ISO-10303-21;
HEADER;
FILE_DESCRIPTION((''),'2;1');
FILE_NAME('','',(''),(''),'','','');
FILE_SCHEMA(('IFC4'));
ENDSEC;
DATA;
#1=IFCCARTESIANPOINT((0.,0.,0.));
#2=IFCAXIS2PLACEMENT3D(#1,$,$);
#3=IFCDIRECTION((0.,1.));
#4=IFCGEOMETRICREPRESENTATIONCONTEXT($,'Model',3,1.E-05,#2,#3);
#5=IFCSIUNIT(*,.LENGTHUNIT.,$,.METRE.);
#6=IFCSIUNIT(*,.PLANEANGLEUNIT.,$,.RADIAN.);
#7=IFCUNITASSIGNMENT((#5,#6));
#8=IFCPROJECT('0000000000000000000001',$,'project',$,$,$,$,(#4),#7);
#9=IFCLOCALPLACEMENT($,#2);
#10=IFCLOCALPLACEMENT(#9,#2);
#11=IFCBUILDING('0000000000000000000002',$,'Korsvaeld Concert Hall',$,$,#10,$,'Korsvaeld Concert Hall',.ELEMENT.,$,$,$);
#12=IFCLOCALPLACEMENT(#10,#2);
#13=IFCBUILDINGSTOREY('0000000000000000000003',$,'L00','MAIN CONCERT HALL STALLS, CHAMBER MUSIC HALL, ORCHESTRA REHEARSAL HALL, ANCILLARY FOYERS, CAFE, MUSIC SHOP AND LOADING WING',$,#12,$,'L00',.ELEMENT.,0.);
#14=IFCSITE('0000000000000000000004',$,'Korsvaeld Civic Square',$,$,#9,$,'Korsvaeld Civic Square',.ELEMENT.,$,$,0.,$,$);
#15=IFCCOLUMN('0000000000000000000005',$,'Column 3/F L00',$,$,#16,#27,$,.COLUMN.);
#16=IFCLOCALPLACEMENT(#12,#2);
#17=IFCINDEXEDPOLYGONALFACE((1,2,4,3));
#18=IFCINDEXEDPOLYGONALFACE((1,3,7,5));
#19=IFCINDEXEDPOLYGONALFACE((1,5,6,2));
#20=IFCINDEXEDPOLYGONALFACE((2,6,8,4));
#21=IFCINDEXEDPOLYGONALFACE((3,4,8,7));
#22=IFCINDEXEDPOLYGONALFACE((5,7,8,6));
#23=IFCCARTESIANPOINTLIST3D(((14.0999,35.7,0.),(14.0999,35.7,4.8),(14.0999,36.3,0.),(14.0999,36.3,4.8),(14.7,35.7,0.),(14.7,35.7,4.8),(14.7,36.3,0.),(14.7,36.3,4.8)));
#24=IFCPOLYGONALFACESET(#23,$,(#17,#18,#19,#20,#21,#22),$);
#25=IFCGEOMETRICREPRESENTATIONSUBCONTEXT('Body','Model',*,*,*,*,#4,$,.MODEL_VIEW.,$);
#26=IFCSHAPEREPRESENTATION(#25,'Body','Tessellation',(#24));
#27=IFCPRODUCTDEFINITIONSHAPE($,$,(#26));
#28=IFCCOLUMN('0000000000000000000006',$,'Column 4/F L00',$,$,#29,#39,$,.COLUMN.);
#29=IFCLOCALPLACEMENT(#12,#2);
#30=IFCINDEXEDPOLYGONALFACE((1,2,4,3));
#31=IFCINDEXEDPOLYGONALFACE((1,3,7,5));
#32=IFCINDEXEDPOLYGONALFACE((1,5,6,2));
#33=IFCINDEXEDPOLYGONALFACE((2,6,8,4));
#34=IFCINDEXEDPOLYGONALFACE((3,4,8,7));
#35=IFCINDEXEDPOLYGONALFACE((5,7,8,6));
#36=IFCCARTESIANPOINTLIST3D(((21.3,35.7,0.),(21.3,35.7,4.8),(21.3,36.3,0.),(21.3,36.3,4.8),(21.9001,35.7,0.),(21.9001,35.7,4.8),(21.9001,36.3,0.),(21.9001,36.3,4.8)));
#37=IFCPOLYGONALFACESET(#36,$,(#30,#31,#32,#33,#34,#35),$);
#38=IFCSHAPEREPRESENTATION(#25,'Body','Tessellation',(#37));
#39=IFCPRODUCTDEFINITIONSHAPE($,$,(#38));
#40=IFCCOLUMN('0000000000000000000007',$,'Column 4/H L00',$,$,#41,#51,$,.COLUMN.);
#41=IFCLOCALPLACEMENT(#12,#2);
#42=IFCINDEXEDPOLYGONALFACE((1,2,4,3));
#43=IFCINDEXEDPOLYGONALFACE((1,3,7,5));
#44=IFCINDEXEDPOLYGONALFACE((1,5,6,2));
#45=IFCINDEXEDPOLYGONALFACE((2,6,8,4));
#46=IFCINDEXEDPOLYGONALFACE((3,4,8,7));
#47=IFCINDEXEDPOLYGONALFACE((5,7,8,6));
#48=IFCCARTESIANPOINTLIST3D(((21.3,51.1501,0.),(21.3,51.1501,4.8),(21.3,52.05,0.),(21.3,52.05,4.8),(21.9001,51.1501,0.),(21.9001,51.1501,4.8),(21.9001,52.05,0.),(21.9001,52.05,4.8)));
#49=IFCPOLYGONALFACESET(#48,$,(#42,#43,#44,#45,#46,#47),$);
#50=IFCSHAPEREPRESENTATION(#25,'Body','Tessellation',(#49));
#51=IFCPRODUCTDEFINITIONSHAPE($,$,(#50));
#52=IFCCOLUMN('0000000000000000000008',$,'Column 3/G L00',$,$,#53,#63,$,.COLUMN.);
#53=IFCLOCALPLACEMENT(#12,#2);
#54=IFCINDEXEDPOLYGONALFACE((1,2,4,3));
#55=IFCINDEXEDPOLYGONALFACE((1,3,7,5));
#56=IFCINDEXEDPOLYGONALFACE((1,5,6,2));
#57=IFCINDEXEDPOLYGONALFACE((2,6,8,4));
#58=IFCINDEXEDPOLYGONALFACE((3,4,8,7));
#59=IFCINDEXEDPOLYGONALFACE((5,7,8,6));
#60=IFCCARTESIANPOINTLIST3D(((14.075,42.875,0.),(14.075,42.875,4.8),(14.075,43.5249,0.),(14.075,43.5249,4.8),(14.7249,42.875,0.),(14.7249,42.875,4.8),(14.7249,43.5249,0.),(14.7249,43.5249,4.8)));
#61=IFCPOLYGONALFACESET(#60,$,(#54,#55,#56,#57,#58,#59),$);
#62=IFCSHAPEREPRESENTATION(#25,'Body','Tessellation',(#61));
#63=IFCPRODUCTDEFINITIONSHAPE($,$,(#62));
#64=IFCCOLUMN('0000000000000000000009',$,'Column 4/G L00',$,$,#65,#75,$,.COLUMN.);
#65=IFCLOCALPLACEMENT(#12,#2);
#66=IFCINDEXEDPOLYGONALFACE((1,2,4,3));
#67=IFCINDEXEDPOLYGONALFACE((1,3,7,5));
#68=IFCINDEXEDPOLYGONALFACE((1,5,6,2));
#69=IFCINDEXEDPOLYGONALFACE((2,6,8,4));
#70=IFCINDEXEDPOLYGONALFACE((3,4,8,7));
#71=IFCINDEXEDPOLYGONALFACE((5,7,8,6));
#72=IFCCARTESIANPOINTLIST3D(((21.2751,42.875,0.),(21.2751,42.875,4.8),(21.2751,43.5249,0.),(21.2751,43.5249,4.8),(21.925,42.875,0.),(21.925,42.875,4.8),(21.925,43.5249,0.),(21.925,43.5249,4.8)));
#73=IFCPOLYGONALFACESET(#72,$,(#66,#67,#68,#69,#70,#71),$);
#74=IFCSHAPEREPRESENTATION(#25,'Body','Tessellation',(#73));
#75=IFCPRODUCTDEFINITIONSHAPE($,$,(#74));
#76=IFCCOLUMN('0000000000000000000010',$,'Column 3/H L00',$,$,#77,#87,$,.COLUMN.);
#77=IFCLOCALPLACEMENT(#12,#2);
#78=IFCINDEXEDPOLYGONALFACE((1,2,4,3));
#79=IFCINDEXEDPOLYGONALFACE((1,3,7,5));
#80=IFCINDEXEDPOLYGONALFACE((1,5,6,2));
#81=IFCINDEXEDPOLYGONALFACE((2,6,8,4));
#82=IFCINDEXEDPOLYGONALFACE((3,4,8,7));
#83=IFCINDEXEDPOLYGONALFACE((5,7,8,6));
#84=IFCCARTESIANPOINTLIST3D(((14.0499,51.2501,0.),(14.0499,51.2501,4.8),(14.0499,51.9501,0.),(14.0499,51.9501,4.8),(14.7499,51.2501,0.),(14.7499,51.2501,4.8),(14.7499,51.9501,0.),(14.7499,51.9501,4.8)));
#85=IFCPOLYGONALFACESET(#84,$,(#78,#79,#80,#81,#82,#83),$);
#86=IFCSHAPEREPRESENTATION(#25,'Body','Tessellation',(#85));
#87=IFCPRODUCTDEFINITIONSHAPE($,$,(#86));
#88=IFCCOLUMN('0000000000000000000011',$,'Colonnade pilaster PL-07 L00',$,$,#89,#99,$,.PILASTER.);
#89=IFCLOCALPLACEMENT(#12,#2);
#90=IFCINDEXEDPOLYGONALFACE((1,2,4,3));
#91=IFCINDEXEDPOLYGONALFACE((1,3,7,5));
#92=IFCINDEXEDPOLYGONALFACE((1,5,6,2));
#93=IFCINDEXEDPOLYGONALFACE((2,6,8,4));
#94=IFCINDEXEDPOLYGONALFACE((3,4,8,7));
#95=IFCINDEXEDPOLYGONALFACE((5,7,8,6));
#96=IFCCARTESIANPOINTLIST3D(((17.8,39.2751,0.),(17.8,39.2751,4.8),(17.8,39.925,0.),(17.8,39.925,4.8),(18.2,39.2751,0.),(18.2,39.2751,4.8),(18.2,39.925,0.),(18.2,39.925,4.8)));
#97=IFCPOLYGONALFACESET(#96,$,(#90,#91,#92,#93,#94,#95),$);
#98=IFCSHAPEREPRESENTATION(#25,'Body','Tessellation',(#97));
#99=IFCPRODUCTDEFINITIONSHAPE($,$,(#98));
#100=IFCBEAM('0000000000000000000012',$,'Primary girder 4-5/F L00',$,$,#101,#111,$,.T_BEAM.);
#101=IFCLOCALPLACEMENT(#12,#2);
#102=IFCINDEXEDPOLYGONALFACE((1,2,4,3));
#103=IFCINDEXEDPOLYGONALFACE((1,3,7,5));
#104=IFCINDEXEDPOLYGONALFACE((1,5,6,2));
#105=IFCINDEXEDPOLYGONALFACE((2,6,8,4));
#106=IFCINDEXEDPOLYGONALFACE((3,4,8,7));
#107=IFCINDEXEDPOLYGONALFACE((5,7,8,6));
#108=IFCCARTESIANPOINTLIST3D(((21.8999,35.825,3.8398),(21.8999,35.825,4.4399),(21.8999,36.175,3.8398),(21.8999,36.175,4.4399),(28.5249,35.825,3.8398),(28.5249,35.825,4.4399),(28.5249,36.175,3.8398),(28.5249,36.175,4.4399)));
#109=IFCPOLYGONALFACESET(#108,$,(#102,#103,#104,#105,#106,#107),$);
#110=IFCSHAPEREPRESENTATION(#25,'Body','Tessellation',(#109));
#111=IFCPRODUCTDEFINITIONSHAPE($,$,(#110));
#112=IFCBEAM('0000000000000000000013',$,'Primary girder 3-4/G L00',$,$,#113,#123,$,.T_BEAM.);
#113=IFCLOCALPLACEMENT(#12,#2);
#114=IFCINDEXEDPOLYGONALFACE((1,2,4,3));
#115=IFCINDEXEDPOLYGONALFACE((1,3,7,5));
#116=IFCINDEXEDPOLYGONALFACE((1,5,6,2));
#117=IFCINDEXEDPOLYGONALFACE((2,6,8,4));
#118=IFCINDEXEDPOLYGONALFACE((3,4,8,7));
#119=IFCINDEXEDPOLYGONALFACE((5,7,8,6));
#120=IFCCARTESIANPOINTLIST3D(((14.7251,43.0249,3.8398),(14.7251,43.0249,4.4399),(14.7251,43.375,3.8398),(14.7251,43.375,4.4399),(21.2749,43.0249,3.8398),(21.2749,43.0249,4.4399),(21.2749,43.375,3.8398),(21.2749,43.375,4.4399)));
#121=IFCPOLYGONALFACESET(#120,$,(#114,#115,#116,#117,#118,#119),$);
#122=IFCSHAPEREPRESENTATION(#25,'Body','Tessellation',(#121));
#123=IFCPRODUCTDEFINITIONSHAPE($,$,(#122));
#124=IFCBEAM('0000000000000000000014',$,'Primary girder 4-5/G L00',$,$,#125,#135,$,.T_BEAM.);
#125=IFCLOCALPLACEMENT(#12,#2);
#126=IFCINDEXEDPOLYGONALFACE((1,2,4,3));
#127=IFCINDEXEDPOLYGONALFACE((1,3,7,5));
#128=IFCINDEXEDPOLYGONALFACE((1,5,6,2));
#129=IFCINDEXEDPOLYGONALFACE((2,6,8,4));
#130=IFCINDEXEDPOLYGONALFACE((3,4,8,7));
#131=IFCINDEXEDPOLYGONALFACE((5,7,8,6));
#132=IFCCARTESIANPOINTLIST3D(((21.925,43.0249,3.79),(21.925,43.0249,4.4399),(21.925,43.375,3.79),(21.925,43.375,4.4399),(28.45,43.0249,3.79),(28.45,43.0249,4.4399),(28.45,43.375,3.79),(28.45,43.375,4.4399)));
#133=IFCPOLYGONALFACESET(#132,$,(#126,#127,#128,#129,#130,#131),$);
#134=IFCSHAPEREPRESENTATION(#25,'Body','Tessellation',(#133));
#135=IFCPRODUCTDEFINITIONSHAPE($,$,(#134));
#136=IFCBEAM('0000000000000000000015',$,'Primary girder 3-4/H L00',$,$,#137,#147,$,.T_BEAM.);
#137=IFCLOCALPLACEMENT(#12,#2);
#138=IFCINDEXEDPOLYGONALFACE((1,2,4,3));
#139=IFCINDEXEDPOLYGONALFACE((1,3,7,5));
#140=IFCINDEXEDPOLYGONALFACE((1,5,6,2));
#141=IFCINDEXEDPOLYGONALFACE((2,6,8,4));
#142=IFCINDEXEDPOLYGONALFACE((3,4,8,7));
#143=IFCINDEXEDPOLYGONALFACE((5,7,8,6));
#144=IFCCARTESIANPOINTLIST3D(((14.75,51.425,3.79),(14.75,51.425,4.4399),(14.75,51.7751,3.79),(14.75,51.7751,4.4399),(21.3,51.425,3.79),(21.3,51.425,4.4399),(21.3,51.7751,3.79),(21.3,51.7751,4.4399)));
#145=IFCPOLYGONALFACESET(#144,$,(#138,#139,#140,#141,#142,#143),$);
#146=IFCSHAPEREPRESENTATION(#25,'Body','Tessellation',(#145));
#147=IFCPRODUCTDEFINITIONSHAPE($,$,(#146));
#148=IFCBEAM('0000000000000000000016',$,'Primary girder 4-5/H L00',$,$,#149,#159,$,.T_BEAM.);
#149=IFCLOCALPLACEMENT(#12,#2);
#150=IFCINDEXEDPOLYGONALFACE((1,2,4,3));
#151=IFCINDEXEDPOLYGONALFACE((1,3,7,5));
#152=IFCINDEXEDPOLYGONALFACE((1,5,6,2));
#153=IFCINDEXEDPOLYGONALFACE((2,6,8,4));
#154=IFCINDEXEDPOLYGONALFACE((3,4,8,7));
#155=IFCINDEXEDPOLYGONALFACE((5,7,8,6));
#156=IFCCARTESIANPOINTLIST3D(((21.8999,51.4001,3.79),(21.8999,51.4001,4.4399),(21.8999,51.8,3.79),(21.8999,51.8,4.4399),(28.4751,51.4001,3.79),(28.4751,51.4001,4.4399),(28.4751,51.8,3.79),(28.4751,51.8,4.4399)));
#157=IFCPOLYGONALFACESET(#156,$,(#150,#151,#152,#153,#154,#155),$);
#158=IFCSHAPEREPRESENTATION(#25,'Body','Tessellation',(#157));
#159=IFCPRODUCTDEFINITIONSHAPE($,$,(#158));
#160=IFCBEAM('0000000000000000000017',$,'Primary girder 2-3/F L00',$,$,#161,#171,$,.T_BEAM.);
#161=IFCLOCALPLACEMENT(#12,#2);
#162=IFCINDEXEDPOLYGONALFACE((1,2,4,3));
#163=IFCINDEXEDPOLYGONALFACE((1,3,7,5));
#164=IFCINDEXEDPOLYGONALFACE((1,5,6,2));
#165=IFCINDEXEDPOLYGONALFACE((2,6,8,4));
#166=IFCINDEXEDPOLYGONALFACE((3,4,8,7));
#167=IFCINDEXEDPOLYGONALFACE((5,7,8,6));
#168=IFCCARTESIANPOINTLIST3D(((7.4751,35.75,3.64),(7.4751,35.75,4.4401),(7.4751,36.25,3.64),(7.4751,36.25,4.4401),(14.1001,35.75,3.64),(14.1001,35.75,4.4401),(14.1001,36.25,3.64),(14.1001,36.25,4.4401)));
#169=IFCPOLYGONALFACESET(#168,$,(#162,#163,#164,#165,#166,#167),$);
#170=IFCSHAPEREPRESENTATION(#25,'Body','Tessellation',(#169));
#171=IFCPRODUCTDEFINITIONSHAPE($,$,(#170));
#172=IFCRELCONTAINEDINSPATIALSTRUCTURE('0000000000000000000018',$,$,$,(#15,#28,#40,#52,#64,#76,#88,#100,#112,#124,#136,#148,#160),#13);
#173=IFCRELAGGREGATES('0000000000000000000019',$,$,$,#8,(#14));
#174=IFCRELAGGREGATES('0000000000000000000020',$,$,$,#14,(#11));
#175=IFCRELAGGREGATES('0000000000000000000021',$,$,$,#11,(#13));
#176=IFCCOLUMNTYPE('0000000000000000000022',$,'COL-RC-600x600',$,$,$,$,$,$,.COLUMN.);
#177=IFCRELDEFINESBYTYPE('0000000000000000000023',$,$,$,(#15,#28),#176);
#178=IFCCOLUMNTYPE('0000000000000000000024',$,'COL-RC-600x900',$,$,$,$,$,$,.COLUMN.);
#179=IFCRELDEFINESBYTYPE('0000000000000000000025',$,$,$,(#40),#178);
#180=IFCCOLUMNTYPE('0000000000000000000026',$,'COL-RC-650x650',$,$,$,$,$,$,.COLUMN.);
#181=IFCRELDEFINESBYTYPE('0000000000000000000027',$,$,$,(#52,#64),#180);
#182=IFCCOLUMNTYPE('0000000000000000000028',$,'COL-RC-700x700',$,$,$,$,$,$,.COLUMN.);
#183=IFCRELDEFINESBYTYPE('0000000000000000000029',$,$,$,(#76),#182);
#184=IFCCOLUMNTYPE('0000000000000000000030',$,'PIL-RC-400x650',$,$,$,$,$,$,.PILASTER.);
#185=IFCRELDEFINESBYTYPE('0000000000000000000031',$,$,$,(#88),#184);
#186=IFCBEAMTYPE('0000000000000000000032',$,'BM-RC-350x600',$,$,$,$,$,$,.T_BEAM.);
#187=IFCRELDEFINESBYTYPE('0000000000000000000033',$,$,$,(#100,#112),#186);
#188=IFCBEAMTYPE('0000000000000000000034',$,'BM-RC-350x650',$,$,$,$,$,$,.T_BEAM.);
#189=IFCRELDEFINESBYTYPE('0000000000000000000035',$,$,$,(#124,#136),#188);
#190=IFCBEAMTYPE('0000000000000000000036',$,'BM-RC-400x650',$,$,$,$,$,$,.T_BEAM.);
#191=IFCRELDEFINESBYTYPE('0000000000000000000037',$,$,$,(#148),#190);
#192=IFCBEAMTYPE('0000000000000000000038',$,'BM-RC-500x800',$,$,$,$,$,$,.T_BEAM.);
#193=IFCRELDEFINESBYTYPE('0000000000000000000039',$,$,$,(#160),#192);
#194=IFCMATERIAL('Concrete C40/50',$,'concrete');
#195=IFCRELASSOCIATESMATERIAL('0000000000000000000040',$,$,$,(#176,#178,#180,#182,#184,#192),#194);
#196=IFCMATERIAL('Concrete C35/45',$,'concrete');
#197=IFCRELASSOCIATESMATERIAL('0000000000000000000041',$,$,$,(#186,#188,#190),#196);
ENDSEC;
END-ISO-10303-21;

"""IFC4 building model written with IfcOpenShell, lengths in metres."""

from ifc_helpers import new_model, si_unit, direction, frame, origin, origin_2d, place, context, subcontext, project, spatial, rectangle, extrude, material, material_profile, profile_set, type_object, element, save


model = new_model("IFC4")

# Units and contexts
model_context = context("Model", 3, precision=1e-05, world=origin(), true_north=direction((0.0, 1.0)))
body_context = subcontext(model_context, "Body", "Model", "MODEL_VIEW")
ifc_project = project(units=[si_unit("LENGTHUNIT", "METRE"), si_unit("PLANEANGLEUNIT", "RADIAN")], contexts=[model_context])

# Site, building, storey
site_placement = place(None, origin())
site = spatial("IfcSite", under=ifc_project, at=site_placement, Name="Korsvaeld Civic Square", LongName="Korsvaeld Civic Square", CompositionType="ELEMENT", RefElevation=0.0)
building_placement = place(site_placement, origin())
building = spatial("IfcBuilding", under=site, at=building_placement, Name="Korsvaeld Concert Hall", LongName="Korsvaeld Concert Hall", CompositionType="ELEMENT")
storey_placement = place(building_placement, origin())
storey = spatial("IfcBuildingStorey", under=building, at=storey_placement, Name="L00", Description="MAIN CONCERT HALL STALLS, CHAMBER MUSIC HALL, ORCHESTRA REHEARSAL HALL, ANCILLARY FOYERS, CAFE, MUSIC SHOP AND LOADING WING", LongName="L00", CompositionType="ELEMENT", Elevation=0.0)

# Columns
ifc_material_1 = material(Name="Concrete C40/50", Category="concrete")
ifc_material_profile_1 = material_profile(ifc_material_1, rectangle(XDim=0.6001, YDim=0.6001, at=origin_2d()), Name="RC 600x600")
ifc_profile_set_1 = profile_set([ifc_material_profile_1], Name="Concrete C40/50")
column_type_1 = type_object("IfcColumnType", Name="COL-RC-600x600", PredefinedType="COLUMN", material=ifc_profile_set_1)
for number, where, z_axis, x_axis, name in (
    (1, (14.3999, 36.0, 0.0), (0.0, 0.0, 1.0), (1.0, 0.0, 0.0), "Column 3/F L00"),
    (2, (21.6001, 36.0, 0.0), (0.0, 0.0, 1.0), (1.0, 0.0, 0.0), "Column 4/F L00"),
):
    element("IfcColumn", number, at=place(storey_placement, frame(where, z_axis=z_axis, x_axis=x_axis)), inside=storey, type_object=column_type_1, Name=name, PredefinedType="COLUMN", context=body_context, shape_type="SweptSolid", body=[
        extrude(rectangle(XDim=0.6001, YDim=0.6001, at=origin_2d()), origin(), (0.0, 0.0, 1.0), 4.8),
    ])
ifc_material_profile_2 = material_profile(ifc_material_1, rectangle(XDim=0.6001, YDim=0.8999, at=origin_2d()), Name="RC 600x900")
ifc_profile_set_2 = profile_set([ifc_material_profile_2], Name="Concrete C40/50")
column_type_2 = type_object("IfcColumnType", Name="COL-RC-600x900", PredefinedType="COLUMN", material=ifc_profile_set_2)
column_1_placement = place(storey_placement, frame((21.6001, 51.6001, 0.0), z_axis=(0.0, 0.0, 1.0), x_axis=(1.0, 0.0, 0.0)))
element("IfcColumn", 3, at=column_1_placement, inside=storey, type_object=column_type_2, Name="Column 4/H L00", PredefinedType="COLUMN", context=body_context, shape_type="SweptSolid", body=[
    extrude(rectangle(XDim=0.6001, YDim=0.8999, at=origin_2d()), origin(), (0.0, 0.0, 1.0), 4.8),
])
ifc_material_profile_3 = material_profile(ifc_material_1, rectangle(XDim=0.6499, YDim=0.6499, at=origin_2d()), Name="RC 650x650")
ifc_profile_set_3 = profile_set([ifc_material_profile_3], Name="Concrete C40/50")
column_type_3 = type_object("IfcColumnType", Name="COL-RC-650x650", PredefinedType="COLUMN", material=ifc_profile_set_3)
for number, where, z_axis, x_axis, name in (
    (4, (14.3999, 43.2, 0.0), (0.0, 0.0, 1.0), (1.0, 0.0, 0.0), "Column 3/G L00"),
    (5, (21.6001, 43.2, 0.0), (0.0, 0.0, 1.0), (1.0, 0.0, 0.0), "Column 4/G L00"),
):
    element("IfcColumn", number, at=place(storey_placement, frame(where, z_axis=z_axis, x_axis=x_axis)), inside=storey, type_object=column_type_3, Name=name, PredefinedType="COLUMN", context=body_context, shape_type="SweptSolid", body=[
        extrude(rectangle(XDim=0.6499, YDim=0.6499, at=origin_2d()), origin(), (0.0, 0.0, 1.0), 4.8),
    ])
ifc_material_profile_4 = material_profile(ifc_material_1, rectangle(XDim=0.7, YDim=0.7, at=origin_2d()), Name="RC 700x700")
ifc_profile_set_4 = profile_set([ifc_material_profile_4], Name="Concrete C40/50")
column_type_4 = type_object("IfcColumnType", Name="COL-RC-700x700", PredefinedType="COLUMN", material=ifc_profile_set_4)
column_2_placement = place(storey_placement, frame((14.3999, 51.6001, 0.0), z_axis=(0.0, 0.0, 1.0), x_axis=(1.0, 0.0, 0.0)))
element("IfcColumn", 6, at=column_2_placement, inside=storey, type_object=column_type_4, Name="Column 3/H L00", PredefinedType="COLUMN", context=body_context, shape_type="SweptSolid", body=[
    extrude(rectangle(XDim=0.7, YDim=0.7, at=origin_2d()), origin(), (0.0, 0.0, 1.0), 4.8),
])
ifc_material_profile_5 = material_profile(ifc_material_1, rectangle(XDim=0.3999, YDim=0.6499, at=origin_2d()), Name="RC 400x650")
ifc_profile_set_5 = profile_set([ifc_material_profile_5], Name="Concrete C40/50")
column_type_5 = type_object("IfcColumnType", Name="PIL-RC-400x650", PredefinedType="PILASTER", material=ifc_profile_set_5)
column_3_placement = place(storey_placement, frame((18.0, 39.6001, 0.0), z_axis=(0.0, 0.0, 1.0), x_axis=(1.0, 0.0, 0.0)))
element("IfcColumn", 7, at=column_3_placement, inside=storey, type_object=column_type_5, Name="Colonnade pilaster PL-07 L00", PredefinedType="PILASTER", context=body_context, shape_type="SweptSolid", body=[
    extrude(rectangle(XDim=0.3999, YDim=0.6499, at=origin_2d()), origin(), (0.0, 0.0, 1.0), 4.8),
])

# Beams
ifc_material_2 = material(Name="Concrete C35/45", Category="concrete")
ifc_material_profile_6 = material_profile(ifc_material_2, rectangle(XDim=0.3501, YDim=0.6001, at=origin_2d()), Name="RC 350x600")
ifc_profile_set_6 = profile_set([ifc_material_profile_6], Name="Concrete C35/45")
beam_type_1 = type_object("IfcBeamType", Name="BM-RC-350x600", PredefinedType="T_BEAM", material=ifc_profile_set_6)
beam_1_placement = place(storey_placement, frame((21.8999, 36.0, 4.1399), z_axis=(1.0, 0.0, 0.0), x_axis=(0.0, 1.0, 0.0)))
element("IfcBeam", 8, at=beam_1_placement, inside=storey, type_object=beam_type_1, Name="Primary girder 4-5/F L00", PredefinedType="T_BEAM", context=body_context, shape_type="SweptSolid", body=[
    extrude(rectangle(XDim=0.3501, YDim=0.6001, at=origin_2d()), origin(), (0.0, 0.0, 1.0), 6.625),
])
beam_2_placement = place(storey_placement, frame((14.7251, 43.2, 4.1399), z_axis=(1.0, 0.0, 0.0), x_axis=(0.0, 1.0, 0.0)))
element("IfcBeam", 9, at=beam_2_placement, inside=storey, type_object=beam_type_1, Name="Primary girder 3-4/G L00", PredefinedType="T_BEAM", context=body_context, shape_type="SweptSolid", body=[
    extrude(rectangle(XDim=0.3501, YDim=0.6001, at=origin_2d()), origin(), (0.0, 0.0, 1.0), 6.5498),
])
ifc_material_profile_7 = material_profile(ifc_material_2, rectangle(XDim=0.3501, YDim=0.6499, at=origin_2d()), Name="RC 350x650")
ifc_profile_set_7 = profile_set([ifc_material_profile_7], Name="Concrete C35/45")
beam_type_2 = type_object("IfcBeamType", Name="BM-RC-350x650", PredefinedType="T_BEAM", material=ifc_profile_set_7)
beam_3_placement = place(storey_placement, frame((21.925, 43.2, 4.115), z_axis=(1.0, 0.0, 0.0), x_axis=(0.0, 1.0, 0.0)))
element("IfcBeam", 10, at=beam_3_placement, inside=storey, type_object=beam_type_2, Name="Primary girder 4-5/G L00", PredefinedType="T_BEAM", context=body_context, shape_type="SweptSolid", body=[
    extrude(rectangle(XDim=0.3501, YDim=0.6499, at=origin_2d()), origin(), (0.0, 0.0, 1.0), 6.5249),
])
beam_4_placement = place(storey_placement, frame((14.75, 51.6001, 4.115), z_axis=(1.0, 0.0, 0.0), x_axis=(0.0, 1.0, 0.0)))
element("IfcBeam", 11, at=beam_4_placement, inside=storey, type_object=beam_type_2, Name="Primary girder 3-4/H L00", PredefinedType="T_BEAM", context=body_context, shape_type="SweptSolid", body=[
    extrude(rectangle(XDim=0.3501, YDim=0.6499, at=origin_2d()), origin(), (0.0, 0.0, 1.0), 6.55),
])
ifc_material_profile_8 = material_profile(ifc_material_2, rectangle(XDim=0.3999, YDim=0.6499, at=origin_2d()), Name="RC 400x650")
ifc_profile_set_8 = profile_set([ifc_material_profile_8], Name="Concrete C35/45")
beam_type_3 = type_object("IfcBeamType", Name="BM-RC-400x650", PredefinedType="T_BEAM", material=ifc_profile_set_8)
beam_5_placement = place(storey_placement, frame((21.8999, 51.6001, 4.115), z_axis=(1.0, 0.0, 0.0), x_axis=(0.0, 1.0, 0.0)))
element("IfcBeam", 12, at=beam_5_placement, inside=storey, type_object=beam_type_3, Name="Primary girder 4-5/H L00", PredefinedType="T_BEAM", context=body_context, shape_type="SweptSolid", body=[
    extrude(rectangle(XDim=0.3999, YDim=0.6499, at=origin_2d()), origin(), (0.0, 0.0, 1.0), 6.5752),
])
ifc_material_profile_9 = material_profile(ifc_material_1, rectangle(XDim=0.5, YDim=0.8, at=origin_2d()), Name="RC 500x800")
ifc_profile_set_9 = profile_set([ifc_material_profile_9], Name="Concrete C40/50")
beam_type_4 = type_object("IfcBeamType", Name="BM-RC-500x800", PredefinedType="T_BEAM", material=ifc_profile_set_9)
beam_6_placement = place(storey_placement, frame((7.4751, 36.0, 4.04), z_axis=(1.0, 0.0, 0.0), x_axis=(0.0, 1.0, 0.0)))
element("IfcBeam", 13, at=beam_6_placement, inside=storey, type_object=beam_type_4, Name="Primary girder 2-3/F L00", PredefinedType="T_BEAM", context=body_context, shape_type="SweptSolid", body=[
    extrude(rectangle(XDim=0.5, YDim=0.8, at=origin_2d()), origin(), (0.0, 0.0, 1.0), 6.625),
])

save(model, "model.ifc")
